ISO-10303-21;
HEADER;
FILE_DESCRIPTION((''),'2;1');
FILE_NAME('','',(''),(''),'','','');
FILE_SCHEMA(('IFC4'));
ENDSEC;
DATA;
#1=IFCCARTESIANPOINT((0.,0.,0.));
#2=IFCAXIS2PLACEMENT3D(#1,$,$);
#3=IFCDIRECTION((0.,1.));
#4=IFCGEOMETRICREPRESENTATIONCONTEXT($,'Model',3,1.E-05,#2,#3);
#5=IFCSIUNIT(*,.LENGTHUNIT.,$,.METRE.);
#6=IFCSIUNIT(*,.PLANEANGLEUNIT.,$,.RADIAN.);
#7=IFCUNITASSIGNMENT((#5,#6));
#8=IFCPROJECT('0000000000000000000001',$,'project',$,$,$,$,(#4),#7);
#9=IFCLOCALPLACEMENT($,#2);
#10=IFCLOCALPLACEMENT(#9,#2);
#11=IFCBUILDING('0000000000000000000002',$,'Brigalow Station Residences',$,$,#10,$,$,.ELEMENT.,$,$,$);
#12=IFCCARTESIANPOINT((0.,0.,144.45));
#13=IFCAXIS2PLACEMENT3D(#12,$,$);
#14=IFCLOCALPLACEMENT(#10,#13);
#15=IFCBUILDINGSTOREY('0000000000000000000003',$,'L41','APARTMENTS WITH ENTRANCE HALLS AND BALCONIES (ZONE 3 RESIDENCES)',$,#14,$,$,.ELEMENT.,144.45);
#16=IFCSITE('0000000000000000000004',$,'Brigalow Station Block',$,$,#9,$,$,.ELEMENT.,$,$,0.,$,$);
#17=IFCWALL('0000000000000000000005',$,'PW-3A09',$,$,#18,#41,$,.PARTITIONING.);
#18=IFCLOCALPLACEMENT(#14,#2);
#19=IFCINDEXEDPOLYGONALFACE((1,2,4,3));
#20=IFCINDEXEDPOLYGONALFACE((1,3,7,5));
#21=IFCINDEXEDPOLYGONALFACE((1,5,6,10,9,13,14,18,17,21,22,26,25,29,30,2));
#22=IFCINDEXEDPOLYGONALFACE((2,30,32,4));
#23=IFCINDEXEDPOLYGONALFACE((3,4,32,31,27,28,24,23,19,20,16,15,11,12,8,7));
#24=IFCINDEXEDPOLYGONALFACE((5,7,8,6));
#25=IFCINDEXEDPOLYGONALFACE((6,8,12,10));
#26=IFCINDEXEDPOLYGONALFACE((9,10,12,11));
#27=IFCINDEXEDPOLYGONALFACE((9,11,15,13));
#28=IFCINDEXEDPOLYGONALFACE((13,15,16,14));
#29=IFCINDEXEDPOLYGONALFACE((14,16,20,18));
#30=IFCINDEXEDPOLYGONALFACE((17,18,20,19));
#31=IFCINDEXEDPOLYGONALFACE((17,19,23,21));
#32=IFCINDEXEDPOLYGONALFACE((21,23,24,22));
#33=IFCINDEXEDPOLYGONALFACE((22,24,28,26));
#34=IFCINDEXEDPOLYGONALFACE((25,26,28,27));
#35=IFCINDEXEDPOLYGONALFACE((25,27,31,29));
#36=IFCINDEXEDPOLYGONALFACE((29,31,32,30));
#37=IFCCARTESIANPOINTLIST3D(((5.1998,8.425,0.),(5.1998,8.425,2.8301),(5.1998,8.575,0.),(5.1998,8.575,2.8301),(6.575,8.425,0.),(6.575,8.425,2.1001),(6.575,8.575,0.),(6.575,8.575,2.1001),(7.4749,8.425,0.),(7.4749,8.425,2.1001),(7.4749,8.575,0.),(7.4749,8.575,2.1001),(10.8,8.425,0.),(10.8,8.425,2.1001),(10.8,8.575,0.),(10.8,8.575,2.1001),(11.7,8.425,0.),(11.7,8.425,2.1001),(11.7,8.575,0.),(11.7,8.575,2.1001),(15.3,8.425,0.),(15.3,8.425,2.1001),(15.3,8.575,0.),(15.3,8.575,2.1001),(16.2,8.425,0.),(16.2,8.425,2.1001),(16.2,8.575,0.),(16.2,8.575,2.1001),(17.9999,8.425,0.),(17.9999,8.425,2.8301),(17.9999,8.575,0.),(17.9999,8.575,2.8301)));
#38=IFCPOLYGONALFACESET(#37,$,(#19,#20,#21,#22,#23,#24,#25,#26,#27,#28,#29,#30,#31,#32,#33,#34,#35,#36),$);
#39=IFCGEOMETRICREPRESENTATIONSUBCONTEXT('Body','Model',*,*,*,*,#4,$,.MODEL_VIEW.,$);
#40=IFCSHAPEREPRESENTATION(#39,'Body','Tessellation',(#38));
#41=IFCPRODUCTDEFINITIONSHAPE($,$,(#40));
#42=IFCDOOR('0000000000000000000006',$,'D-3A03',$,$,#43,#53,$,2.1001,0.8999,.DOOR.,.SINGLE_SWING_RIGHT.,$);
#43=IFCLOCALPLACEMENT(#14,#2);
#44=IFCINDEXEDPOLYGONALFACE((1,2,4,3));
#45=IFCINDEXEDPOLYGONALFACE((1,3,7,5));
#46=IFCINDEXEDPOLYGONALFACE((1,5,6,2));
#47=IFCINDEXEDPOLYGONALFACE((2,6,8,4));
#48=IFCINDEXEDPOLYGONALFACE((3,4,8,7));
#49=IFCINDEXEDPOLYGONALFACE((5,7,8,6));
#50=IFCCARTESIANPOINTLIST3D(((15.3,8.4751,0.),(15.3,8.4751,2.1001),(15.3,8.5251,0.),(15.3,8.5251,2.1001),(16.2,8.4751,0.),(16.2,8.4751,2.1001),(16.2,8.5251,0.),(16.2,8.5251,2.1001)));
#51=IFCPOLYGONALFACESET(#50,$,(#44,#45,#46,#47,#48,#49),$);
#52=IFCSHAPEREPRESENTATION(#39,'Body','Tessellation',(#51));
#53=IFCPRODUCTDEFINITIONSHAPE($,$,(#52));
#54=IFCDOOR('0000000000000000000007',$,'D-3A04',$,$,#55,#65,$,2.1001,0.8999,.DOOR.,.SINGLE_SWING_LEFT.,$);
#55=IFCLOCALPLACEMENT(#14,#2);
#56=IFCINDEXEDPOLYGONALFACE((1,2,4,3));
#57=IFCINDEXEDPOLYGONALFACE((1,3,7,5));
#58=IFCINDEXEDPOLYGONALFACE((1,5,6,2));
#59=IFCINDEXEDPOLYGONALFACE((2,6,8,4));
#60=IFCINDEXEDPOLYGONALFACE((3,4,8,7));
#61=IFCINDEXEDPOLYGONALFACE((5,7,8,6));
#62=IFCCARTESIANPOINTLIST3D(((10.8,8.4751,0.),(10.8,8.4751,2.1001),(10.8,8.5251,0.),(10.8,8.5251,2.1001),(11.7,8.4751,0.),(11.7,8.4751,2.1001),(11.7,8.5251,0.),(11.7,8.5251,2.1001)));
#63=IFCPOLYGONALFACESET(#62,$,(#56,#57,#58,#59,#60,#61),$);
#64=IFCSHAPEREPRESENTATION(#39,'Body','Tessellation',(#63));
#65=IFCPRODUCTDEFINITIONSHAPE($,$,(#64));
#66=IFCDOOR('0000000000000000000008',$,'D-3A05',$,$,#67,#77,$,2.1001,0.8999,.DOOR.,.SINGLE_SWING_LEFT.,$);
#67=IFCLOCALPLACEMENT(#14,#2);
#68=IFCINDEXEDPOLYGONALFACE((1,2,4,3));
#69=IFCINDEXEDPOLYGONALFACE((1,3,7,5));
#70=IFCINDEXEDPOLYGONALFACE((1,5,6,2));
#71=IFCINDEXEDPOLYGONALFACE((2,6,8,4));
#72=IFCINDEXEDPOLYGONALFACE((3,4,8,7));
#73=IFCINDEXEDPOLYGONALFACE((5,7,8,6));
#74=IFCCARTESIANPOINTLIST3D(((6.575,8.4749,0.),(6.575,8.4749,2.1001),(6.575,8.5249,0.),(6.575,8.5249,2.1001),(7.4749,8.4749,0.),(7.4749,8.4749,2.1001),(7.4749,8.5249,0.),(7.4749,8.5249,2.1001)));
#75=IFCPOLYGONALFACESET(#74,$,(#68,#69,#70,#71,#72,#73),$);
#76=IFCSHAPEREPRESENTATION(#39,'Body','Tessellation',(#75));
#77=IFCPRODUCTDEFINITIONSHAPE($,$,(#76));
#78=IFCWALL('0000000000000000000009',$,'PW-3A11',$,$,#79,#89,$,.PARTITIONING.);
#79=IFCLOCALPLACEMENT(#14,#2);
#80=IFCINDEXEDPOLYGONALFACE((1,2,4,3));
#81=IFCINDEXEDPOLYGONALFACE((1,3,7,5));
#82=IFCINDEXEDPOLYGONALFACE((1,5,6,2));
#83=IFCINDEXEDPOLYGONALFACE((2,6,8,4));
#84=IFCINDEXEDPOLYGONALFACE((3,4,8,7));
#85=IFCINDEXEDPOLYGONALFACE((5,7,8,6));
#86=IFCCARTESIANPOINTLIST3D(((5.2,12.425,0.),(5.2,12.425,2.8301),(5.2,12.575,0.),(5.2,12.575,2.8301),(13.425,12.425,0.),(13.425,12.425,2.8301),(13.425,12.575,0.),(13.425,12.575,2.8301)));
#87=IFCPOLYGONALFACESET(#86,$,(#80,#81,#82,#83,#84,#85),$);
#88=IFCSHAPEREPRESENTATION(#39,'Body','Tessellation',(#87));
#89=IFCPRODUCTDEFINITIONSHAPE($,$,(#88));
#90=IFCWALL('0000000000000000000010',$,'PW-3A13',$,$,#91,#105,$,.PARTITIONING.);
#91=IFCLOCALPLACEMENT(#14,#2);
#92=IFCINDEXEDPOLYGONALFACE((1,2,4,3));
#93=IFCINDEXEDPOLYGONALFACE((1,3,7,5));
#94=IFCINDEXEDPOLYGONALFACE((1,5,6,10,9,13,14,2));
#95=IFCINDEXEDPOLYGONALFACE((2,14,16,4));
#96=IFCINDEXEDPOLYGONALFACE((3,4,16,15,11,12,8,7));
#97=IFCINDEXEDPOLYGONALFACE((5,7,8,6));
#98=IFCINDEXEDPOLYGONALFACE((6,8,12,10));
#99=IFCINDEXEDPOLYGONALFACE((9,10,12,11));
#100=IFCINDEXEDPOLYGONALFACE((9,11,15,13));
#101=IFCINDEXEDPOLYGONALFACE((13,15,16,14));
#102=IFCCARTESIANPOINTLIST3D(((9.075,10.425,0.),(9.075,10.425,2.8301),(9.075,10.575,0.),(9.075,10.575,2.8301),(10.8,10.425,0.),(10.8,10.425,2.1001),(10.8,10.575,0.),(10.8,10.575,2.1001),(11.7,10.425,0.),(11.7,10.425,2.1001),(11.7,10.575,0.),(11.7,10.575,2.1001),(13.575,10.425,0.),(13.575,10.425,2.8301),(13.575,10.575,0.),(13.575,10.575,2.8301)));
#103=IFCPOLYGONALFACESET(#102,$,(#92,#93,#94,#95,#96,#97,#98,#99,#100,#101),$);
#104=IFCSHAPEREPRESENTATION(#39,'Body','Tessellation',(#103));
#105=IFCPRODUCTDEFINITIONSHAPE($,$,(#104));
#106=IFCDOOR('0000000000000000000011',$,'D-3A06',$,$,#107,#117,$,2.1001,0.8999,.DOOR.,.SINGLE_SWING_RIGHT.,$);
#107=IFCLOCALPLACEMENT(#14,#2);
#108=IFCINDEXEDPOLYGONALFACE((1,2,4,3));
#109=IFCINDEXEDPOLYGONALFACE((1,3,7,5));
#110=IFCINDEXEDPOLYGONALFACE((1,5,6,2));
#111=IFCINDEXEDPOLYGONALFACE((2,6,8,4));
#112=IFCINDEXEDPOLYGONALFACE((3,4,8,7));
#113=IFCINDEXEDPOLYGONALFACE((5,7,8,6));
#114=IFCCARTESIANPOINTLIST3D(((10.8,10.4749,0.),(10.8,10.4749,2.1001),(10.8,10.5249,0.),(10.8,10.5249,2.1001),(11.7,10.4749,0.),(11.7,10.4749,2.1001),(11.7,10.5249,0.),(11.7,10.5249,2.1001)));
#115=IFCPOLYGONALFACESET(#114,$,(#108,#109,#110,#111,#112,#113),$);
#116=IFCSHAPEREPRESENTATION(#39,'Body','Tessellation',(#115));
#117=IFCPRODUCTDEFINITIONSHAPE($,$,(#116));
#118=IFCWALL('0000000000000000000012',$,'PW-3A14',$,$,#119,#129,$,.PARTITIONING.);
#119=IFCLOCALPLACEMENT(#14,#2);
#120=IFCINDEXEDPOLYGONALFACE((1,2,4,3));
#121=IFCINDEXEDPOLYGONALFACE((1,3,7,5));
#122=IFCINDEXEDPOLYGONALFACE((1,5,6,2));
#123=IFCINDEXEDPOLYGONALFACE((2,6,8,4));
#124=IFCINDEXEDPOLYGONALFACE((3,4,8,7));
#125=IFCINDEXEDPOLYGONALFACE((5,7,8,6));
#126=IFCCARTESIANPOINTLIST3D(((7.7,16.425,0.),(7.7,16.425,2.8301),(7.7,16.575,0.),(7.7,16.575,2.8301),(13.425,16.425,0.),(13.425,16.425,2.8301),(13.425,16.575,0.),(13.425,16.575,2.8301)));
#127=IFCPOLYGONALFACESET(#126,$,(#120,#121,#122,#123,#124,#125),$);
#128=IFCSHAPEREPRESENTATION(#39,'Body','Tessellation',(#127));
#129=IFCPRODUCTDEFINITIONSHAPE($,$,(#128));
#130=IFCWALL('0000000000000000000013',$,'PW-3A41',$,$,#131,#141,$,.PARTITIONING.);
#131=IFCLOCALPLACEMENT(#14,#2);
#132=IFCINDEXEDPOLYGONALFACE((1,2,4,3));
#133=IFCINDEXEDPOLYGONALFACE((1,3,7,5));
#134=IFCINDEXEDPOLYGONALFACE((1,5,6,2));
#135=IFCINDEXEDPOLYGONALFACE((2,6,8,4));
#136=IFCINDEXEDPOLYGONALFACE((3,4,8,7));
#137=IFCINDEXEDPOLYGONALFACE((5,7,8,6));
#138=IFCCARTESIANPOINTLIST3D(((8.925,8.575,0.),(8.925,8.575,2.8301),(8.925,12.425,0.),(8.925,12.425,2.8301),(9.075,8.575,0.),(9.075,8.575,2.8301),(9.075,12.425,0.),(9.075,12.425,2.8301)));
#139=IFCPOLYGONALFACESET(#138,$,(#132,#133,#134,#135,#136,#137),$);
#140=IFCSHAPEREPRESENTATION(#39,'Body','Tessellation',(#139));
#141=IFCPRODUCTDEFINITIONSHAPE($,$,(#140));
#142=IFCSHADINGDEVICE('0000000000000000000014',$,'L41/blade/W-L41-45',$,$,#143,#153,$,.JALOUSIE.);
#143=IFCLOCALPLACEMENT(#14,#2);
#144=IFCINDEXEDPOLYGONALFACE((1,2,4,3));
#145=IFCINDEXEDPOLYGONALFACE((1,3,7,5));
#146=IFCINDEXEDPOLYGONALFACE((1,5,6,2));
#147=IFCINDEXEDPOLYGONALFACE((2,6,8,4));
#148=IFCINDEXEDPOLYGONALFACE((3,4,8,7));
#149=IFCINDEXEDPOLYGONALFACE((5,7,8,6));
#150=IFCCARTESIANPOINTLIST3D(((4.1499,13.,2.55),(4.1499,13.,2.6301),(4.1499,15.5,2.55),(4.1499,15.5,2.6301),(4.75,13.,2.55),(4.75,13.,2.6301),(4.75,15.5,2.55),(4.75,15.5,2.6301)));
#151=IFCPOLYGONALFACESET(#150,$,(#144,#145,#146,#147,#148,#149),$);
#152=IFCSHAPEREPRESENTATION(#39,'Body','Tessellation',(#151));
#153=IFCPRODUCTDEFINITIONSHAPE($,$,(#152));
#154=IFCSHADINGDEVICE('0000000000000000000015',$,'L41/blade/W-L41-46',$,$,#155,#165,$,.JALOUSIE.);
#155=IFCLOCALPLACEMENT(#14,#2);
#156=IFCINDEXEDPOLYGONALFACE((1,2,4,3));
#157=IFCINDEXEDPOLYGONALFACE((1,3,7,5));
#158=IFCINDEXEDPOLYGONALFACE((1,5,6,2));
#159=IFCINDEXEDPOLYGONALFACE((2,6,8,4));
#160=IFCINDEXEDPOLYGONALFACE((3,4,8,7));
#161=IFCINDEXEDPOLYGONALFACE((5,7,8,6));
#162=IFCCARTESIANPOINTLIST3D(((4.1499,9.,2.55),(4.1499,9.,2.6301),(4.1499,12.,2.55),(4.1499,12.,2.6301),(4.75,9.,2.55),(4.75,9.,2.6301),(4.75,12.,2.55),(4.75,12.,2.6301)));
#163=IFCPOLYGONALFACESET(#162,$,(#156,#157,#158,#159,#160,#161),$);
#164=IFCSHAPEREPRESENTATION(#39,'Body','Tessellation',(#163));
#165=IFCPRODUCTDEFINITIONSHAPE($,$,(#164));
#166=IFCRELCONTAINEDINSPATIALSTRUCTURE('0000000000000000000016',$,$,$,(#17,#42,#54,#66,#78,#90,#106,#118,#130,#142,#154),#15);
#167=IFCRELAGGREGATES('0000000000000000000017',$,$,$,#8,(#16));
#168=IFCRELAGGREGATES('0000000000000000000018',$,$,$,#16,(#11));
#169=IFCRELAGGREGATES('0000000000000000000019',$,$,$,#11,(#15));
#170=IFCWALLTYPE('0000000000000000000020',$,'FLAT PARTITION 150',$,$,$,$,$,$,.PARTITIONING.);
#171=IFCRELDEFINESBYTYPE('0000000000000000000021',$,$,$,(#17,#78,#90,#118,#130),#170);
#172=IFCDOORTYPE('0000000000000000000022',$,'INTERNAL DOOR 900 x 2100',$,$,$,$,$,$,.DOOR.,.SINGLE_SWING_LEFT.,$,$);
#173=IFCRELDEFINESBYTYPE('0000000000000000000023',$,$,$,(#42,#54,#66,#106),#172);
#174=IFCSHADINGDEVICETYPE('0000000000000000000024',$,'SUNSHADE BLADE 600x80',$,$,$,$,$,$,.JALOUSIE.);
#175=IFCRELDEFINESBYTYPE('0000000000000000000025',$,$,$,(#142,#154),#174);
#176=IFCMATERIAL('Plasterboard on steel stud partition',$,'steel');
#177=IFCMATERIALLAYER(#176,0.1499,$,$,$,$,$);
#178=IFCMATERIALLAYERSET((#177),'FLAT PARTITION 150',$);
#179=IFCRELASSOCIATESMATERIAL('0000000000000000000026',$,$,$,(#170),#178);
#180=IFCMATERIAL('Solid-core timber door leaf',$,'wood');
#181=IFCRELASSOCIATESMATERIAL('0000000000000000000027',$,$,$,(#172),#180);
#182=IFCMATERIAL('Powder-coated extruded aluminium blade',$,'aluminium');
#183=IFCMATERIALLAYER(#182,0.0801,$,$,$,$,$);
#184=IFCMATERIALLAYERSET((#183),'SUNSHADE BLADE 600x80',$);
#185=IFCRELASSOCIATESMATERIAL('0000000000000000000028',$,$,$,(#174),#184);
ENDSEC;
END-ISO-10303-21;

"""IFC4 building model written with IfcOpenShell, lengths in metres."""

from ifc_helpers import new_model, si_unit, direction, frame, frame_2d, origin, origin_2d, place, context, subcontext, project, spatial, rectangle, extrude, material, layer, layer_set, type_object, element, fill, save


model = new_model("IFC4")

# Units and contexts
model_context = context("Model", 3, precision=1e-05, world=origin(), true_north=direction((0.0, 1.0)))
body_context = subcontext(model_context, "Body", "Model", "MODEL_VIEW")
ifc_project = project(units=[si_unit("LENGTHUNIT", "METRE"), si_unit("PLANEANGLEUNIT", "RADIAN")], contexts=[model_context])

# Site, building, storey
site_placement = place(None, origin())
site = spatial("IfcSite", under=ifc_project, at=site_placement, Name="Brigalow Station Block", CompositionType="ELEMENT", RefElevation=0.0)
building_placement = place(site_placement, origin())
building = spatial("IfcBuilding", under=site, at=building_placement, Name="Brigalow Station Residences", CompositionType="ELEMENT")
storey_placement = place(building_placement, frame((0.0, 0.0, 144.45)))
storey = spatial("IfcBuildingStorey", under=building, at=storey_placement, Name="L41", Description="APARTMENTS WITH ENTRANCE HALLS AND BALCONIES (ZONE 3 RESIDENCES)", CompositionType="ELEMENT", Elevation=144.45)

# Wall, openings, doors
ifc_material_1 = material(Name="Plasterboard on steel stud partition", Category="steel")
ifc_layer_1 = layer(ifc_material_1, 0.1499)
ifc_layer_set_1 = layer_set([ifc_layer_1], Name="FLAT PARTITION 150")
wall_type_1 = type_object("IfcWallType", Name="FLAT PARTITION 150", PredefinedType="PARTITIONING", material=ifc_layer_set_1)
wall_1_placement = place(storey_placement, frame((5.2, 8.5, 0.0), z_axis=(0.0, 0.0, 1.0), x_axis=(1.0, 0.0, 0.0)))
wall_1 = element("IfcWall", 1, at=wall_1_placement, inside=storey, type_object=wall_type_1, Name="PW-3A09", PredefinedType="PARTITIONING", context=body_context, shape_type="SweptSolid", body=[
    extrude(rectangle(XDim=12.8, YDim=0.1499, at=frame_2d((6.3999, 0.0))), origin(), (0.0, 0.0, 1.0), 2.8301),
])
opening_1_placement = place(wall_1_placement, frame((10.1001, 0.0, 0.0)))
opening_1 = element("IfcOpeningElement", 2, at=opening_1_placement, cuts=wall_1, PredefinedType="OPENING", context=body_context, shape_type="SweptSolid", body=[
    extrude(rectangle(XDim=0.8999, YDim=2.1001, at=frame_2d((0.45, 1.05))), frame((0.0, 0.085, 0.0), z_axis=(0.0, -1.0, 0.0), x_axis=(1.0, 0.0, 0.0)), (0.0, 0.0, 1.0), 0.1699),
])
opening_2_placement = place(wall_1_placement, frame((5.6001, 0.0, 0.0)))
opening_2 = element("IfcOpeningElement", 3, at=opening_2_placement, cuts=wall_1, PredefinedType="OPENING", context=body_context, shape_type="SweptSolid", body=[
    extrude(rectangle(XDim=0.8999, YDim=2.1001, at=frame_2d((0.45, 1.05))), frame((0.0, 0.085, 0.0), z_axis=(0.0, -1.0, 0.0), x_axis=(1.0, 0.0, 0.0)), (0.0, 0.0, 1.0), 0.1699),
])
opening_3_placement = place(wall_1_placement, frame((1.375, 0.0, 0.0)))
opening_3 = element("IfcOpeningElement", 4, at=opening_3_placement, cuts=wall_1, PredefinedType="OPENING", context=body_context, shape_type="SweptSolid", body=[
    extrude(rectangle(XDim=0.8999, YDim=2.1001, at=frame_2d((0.45, 1.05))), frame((0.0, 0.085, 0.0), z_axis=(0.0, -1.0, 0.0), x_axis=(1.0, 0.0, 0.0)), (0.0, 0.0, 1.0), 0.1699),
])
ifc_material_2 = material(Name="Solid-core timber door leaf", Category="wood")
door_type_1 = type_object("IfcDoorType", Name="INTERNAL DOOR 900 x 2100", OperationType="SINGLE_SWING_LEFT", PredefinedType="DOOR", material=ifc_material_2)
door_1_placement = place(opening_1_placement, frame((0.8999, 0.0, 0.0), z_axis=(0.0, 0.0, 1.0), x_axis=(-1.0, 0.0, 0.0)))
door_1 = element("IfcDoor", 5, at=door_1_placement, inside=storey, type_object=door_type_1, Name="D-3A03", OperationType="SINGLE_SWING_RIGHT", OverallHeight=2.1001, OverallWidth=0.8999, PredefinedType="DOOR", context=body_context, shape_type="SweptSolid", body=[
    extrude(rectangle(XDim=0.8999, YDim=2.1001, at=frame_2d((0.45, 1.05))), frame((0.0, 0.0249, 0.0), z_axis=(0.0, -1.0, 0.0), x_axis=(1.0, 0.0, 0.0)), (0.0, 0.0, 1.0), 0.05),
])
fill(opening_1, door_1)
door_2_placement = place(opening_2_placement, frame((0.8999, 0.0, 0.0), z_axis=(0.0, 0.0, 1.0), x_axis=(-1.0, 0.0, 0.0)))
door_2 = element("IfcDoor", 6, at=door_2_placement, inside=storey, type_object=door_type_1, Name="D-3A04", OperationType="SINGLE_SWING_LEFT", OverallHeight=2.1001, OverallWidth=0.8999, PredefinedType="DOOR", context=body_context, shape_type="SweptSolid", body=[
    extrude(rectangle(XDim=0.8999, YDim=2.1001, at=frame_2d((0.45, 1.05))), frame((0.0, 0.0249, 0.0), z_axis=(0.0, -1.0, 0.0), x_axis=(1.0, 0.0, 0.0)), (0.0, 0.0, 1.0), 0.05),
])
fill(opening_2, door_2)
door_3_placement = place(opening_3_placement, origin())
door_3 = element("IfcDoor", 7, at=door_3_placement, inside=storey, type_object=door_type_1, Name="D-3A05", OperationType="SINGLE_SWING_LEFT", OverallHeight=2.1001, OverallWidth=0.8999, PredefinedType="DOOR", context=body_context, shape_type="SweptSolid", body=[
    extrude(rectangle(XDim=0.8999, YDim=2.1001, at=frame_2d((0.45, 1.05))), frame((0.0, 0.0249, 0.0), z_axis=(0.0, -1.0, 0.0), x_axis=(1.0, 0.0, 0.0)), (0.0, 0.0, 1.0), 0.05),
])
fill(opening_3, door_3)

# Wall
wall_2_placement = place(storey_placement, frame((5.2, 12.5, 0.0), z_axis=(0.0, 0.0, 1.0), x_axis=(1.0, 0.0, 0.0)))
element("IfcWall", 8, at=wall_2_placement, inside=storey, type_object=wall_type_1, Name="PW-3A11", PredefinedType="PARTITIONING", context=body_context, shape_type="SweptSolid", body=[
    extrude(rectangle(XDim=8.2251, YDim=0.1499, at=frame_2d((4.1125, 0.0))), origin(), (0.0, 0.0, 1.0), 2.8301),
])

# Wall, opening, door
wall_3_placement = place(storey_placement, frame((9.075, 10.5, 0.0), z_axis=(0.0, 0.0, 1.0), x_axis=(1.0, 0.0, 0.0)))
wall_3 = element("IfcWall", 9, at=wall_3_placement, inside=storey, type_object=wall_type_1, Name="PW-3A13", PredefinedType="PARTITIONING", context=body_context, shape_type="SweptSolid", body=[
    extrude(rectangle(XDim=4.5, YDim=0.1499, at=frame_2d((2.25, 0.0))), origin(), (0.0, 0.0, 1.0), 2.8301),
])
opening_4_placement = place(wall_3_placement, frame((1.7251, 0.0, 0.0)))
opening_4 = element("IfcOpeningElement", 10, at=opening_4_placement, cuts=wall_3, PredefinedType="OPENING", context=body_context, shape_type="SweptSolid", body=[
    extrude(rectangle(XDim=0.8999, YDim=2.1001, at=frame_2d((0.45, 1.05))), frame((0.0, 0.085, 0.0), z_axis=(0.0, -1.0, 0.0), x_axis=(1.0, 0.0, 0.0)), (0.0, 0.0, 1.0), 0.1699),
])
door_4_placement = place(opening_4_placement, origin())
door_4 = element("IfcDoor", 11, at=door_4_placement, inside=storey, type_object=door_type_1, Name="D-3A06", OperationType="SINGLE_SWING_RIGHT", OverallHeight=2.1001, OverallWidth=0.8999, PredefinedType="DOOR", context=body_context, shape_type="SweptSolid", body=[
    extrude(rectangle(XDim=0.8999, YDim=2.1001, at=frame_2d((0.45, 1.05))), frame((0.0, 0.0249, 0.0), z_axis=(0.0, -1.0, 0.0), x_axis=(1.0, 0.0, 0.0)), (0.0, 0.0, 1.0), 0.05),
])
fill(opening_4, door_4)

# Walls
wall_4_placement = place(storey_placement, frame((7.7, 16.5, 0.0), z_axis=(0.0, 0.0, 1.0), x_axis=(1.0, 0.0, 0.0)))
element("IfcWall", 12, at=wall_4_placement, inside=storey, type_object=wall_type_1, Name="PW-3A14", PredefinedType="PARTITIONING", context=body_context, shape_type="SweptSolid", body=[
    extrude(rectangle(XDim=5.7251, YDim=0.1499, at=frame_2d((2.8625, 0.0))), origin(), (0.0, 0.0, 1.0), 2.8301),
])
wall_5_placement = place(storey_placement, frame((9.0, 8.575, 0.0), z_axis=(0.0, 0.0, 1.0), x_axis=(0.0, 1.0, 0.0)))
element("IfcWall", 13, at=wall_5_placement, inside=storey, type_object=wall_type_1, Name="PW-3A41", PredefinedType="PARTITIONING", context=body_context, shape_type="SweptSolid", body=[
    extrude(rectangle(XDim=3.8501, YDim=0.1499, at=frame_2d((1.925, 0.0))), origin(), (0.0, 0.0, 1.0), 2.8301),
])

# Shading devices
ifc_material_3 = material(Name="Powder-coated extruded aluminium blade", Category="aluminium")
ifc_layer_2 = layer(ifc_material_3, 0.0801)
ifc_layer_set_2 = layer_set([ifc_layer_2], Name="SUNSHADE BLADE 600x80")
shading_device_type = type_object("IfcShadingDeviceType", Name="SUNSHADE BLADE 600x80", PredefinedType="JALOUSIE", material=ifc_layer_set_2)
shading_device_1_placement = place(storey_placement, frame((4.45, 14.25, 2.55), z_axis=(0.0, 0.0, 1.0), x_axis=(0.0, -1.0, 0.0)))
element("IfcShadingDevice", 14, at=shading_device_1_placement, inside=storey, type_object=shading_device_type, Name="L41/blade/W-L41-45", PredefinedType="JALOUSIE", context=body_context, shape_type="SweptSolid", body=[
    extrude(rectangle(XDim=2.5, YDim=0.6001, at=origin_2d()), origin(), (0.0, 0.0, 1.0), 0.0801),
])
shading_device_2_placement = place(storey_placement, frame((4.45, 10.5, 2.55), z_axis=(0.0, 0.0, 1.0), x_axis=(0.0, -1.0, 0.0)))
element("IfcShadingDevice", 15, at=shading_device_2_placement, inside=storey, type_object=shading_device_type, Name="L41/blade/W-L41-46", PredefinedType="JALOUSIE", context=body_context, shape_type="SweptSolid", body=[
    extrude(rectangle(XDim=3.0, YDim=0.6001, at=origin_2d()), origin(), (0.0, 0.0, 1.0), 0.0801),
])

save(model, "model.ifc")
